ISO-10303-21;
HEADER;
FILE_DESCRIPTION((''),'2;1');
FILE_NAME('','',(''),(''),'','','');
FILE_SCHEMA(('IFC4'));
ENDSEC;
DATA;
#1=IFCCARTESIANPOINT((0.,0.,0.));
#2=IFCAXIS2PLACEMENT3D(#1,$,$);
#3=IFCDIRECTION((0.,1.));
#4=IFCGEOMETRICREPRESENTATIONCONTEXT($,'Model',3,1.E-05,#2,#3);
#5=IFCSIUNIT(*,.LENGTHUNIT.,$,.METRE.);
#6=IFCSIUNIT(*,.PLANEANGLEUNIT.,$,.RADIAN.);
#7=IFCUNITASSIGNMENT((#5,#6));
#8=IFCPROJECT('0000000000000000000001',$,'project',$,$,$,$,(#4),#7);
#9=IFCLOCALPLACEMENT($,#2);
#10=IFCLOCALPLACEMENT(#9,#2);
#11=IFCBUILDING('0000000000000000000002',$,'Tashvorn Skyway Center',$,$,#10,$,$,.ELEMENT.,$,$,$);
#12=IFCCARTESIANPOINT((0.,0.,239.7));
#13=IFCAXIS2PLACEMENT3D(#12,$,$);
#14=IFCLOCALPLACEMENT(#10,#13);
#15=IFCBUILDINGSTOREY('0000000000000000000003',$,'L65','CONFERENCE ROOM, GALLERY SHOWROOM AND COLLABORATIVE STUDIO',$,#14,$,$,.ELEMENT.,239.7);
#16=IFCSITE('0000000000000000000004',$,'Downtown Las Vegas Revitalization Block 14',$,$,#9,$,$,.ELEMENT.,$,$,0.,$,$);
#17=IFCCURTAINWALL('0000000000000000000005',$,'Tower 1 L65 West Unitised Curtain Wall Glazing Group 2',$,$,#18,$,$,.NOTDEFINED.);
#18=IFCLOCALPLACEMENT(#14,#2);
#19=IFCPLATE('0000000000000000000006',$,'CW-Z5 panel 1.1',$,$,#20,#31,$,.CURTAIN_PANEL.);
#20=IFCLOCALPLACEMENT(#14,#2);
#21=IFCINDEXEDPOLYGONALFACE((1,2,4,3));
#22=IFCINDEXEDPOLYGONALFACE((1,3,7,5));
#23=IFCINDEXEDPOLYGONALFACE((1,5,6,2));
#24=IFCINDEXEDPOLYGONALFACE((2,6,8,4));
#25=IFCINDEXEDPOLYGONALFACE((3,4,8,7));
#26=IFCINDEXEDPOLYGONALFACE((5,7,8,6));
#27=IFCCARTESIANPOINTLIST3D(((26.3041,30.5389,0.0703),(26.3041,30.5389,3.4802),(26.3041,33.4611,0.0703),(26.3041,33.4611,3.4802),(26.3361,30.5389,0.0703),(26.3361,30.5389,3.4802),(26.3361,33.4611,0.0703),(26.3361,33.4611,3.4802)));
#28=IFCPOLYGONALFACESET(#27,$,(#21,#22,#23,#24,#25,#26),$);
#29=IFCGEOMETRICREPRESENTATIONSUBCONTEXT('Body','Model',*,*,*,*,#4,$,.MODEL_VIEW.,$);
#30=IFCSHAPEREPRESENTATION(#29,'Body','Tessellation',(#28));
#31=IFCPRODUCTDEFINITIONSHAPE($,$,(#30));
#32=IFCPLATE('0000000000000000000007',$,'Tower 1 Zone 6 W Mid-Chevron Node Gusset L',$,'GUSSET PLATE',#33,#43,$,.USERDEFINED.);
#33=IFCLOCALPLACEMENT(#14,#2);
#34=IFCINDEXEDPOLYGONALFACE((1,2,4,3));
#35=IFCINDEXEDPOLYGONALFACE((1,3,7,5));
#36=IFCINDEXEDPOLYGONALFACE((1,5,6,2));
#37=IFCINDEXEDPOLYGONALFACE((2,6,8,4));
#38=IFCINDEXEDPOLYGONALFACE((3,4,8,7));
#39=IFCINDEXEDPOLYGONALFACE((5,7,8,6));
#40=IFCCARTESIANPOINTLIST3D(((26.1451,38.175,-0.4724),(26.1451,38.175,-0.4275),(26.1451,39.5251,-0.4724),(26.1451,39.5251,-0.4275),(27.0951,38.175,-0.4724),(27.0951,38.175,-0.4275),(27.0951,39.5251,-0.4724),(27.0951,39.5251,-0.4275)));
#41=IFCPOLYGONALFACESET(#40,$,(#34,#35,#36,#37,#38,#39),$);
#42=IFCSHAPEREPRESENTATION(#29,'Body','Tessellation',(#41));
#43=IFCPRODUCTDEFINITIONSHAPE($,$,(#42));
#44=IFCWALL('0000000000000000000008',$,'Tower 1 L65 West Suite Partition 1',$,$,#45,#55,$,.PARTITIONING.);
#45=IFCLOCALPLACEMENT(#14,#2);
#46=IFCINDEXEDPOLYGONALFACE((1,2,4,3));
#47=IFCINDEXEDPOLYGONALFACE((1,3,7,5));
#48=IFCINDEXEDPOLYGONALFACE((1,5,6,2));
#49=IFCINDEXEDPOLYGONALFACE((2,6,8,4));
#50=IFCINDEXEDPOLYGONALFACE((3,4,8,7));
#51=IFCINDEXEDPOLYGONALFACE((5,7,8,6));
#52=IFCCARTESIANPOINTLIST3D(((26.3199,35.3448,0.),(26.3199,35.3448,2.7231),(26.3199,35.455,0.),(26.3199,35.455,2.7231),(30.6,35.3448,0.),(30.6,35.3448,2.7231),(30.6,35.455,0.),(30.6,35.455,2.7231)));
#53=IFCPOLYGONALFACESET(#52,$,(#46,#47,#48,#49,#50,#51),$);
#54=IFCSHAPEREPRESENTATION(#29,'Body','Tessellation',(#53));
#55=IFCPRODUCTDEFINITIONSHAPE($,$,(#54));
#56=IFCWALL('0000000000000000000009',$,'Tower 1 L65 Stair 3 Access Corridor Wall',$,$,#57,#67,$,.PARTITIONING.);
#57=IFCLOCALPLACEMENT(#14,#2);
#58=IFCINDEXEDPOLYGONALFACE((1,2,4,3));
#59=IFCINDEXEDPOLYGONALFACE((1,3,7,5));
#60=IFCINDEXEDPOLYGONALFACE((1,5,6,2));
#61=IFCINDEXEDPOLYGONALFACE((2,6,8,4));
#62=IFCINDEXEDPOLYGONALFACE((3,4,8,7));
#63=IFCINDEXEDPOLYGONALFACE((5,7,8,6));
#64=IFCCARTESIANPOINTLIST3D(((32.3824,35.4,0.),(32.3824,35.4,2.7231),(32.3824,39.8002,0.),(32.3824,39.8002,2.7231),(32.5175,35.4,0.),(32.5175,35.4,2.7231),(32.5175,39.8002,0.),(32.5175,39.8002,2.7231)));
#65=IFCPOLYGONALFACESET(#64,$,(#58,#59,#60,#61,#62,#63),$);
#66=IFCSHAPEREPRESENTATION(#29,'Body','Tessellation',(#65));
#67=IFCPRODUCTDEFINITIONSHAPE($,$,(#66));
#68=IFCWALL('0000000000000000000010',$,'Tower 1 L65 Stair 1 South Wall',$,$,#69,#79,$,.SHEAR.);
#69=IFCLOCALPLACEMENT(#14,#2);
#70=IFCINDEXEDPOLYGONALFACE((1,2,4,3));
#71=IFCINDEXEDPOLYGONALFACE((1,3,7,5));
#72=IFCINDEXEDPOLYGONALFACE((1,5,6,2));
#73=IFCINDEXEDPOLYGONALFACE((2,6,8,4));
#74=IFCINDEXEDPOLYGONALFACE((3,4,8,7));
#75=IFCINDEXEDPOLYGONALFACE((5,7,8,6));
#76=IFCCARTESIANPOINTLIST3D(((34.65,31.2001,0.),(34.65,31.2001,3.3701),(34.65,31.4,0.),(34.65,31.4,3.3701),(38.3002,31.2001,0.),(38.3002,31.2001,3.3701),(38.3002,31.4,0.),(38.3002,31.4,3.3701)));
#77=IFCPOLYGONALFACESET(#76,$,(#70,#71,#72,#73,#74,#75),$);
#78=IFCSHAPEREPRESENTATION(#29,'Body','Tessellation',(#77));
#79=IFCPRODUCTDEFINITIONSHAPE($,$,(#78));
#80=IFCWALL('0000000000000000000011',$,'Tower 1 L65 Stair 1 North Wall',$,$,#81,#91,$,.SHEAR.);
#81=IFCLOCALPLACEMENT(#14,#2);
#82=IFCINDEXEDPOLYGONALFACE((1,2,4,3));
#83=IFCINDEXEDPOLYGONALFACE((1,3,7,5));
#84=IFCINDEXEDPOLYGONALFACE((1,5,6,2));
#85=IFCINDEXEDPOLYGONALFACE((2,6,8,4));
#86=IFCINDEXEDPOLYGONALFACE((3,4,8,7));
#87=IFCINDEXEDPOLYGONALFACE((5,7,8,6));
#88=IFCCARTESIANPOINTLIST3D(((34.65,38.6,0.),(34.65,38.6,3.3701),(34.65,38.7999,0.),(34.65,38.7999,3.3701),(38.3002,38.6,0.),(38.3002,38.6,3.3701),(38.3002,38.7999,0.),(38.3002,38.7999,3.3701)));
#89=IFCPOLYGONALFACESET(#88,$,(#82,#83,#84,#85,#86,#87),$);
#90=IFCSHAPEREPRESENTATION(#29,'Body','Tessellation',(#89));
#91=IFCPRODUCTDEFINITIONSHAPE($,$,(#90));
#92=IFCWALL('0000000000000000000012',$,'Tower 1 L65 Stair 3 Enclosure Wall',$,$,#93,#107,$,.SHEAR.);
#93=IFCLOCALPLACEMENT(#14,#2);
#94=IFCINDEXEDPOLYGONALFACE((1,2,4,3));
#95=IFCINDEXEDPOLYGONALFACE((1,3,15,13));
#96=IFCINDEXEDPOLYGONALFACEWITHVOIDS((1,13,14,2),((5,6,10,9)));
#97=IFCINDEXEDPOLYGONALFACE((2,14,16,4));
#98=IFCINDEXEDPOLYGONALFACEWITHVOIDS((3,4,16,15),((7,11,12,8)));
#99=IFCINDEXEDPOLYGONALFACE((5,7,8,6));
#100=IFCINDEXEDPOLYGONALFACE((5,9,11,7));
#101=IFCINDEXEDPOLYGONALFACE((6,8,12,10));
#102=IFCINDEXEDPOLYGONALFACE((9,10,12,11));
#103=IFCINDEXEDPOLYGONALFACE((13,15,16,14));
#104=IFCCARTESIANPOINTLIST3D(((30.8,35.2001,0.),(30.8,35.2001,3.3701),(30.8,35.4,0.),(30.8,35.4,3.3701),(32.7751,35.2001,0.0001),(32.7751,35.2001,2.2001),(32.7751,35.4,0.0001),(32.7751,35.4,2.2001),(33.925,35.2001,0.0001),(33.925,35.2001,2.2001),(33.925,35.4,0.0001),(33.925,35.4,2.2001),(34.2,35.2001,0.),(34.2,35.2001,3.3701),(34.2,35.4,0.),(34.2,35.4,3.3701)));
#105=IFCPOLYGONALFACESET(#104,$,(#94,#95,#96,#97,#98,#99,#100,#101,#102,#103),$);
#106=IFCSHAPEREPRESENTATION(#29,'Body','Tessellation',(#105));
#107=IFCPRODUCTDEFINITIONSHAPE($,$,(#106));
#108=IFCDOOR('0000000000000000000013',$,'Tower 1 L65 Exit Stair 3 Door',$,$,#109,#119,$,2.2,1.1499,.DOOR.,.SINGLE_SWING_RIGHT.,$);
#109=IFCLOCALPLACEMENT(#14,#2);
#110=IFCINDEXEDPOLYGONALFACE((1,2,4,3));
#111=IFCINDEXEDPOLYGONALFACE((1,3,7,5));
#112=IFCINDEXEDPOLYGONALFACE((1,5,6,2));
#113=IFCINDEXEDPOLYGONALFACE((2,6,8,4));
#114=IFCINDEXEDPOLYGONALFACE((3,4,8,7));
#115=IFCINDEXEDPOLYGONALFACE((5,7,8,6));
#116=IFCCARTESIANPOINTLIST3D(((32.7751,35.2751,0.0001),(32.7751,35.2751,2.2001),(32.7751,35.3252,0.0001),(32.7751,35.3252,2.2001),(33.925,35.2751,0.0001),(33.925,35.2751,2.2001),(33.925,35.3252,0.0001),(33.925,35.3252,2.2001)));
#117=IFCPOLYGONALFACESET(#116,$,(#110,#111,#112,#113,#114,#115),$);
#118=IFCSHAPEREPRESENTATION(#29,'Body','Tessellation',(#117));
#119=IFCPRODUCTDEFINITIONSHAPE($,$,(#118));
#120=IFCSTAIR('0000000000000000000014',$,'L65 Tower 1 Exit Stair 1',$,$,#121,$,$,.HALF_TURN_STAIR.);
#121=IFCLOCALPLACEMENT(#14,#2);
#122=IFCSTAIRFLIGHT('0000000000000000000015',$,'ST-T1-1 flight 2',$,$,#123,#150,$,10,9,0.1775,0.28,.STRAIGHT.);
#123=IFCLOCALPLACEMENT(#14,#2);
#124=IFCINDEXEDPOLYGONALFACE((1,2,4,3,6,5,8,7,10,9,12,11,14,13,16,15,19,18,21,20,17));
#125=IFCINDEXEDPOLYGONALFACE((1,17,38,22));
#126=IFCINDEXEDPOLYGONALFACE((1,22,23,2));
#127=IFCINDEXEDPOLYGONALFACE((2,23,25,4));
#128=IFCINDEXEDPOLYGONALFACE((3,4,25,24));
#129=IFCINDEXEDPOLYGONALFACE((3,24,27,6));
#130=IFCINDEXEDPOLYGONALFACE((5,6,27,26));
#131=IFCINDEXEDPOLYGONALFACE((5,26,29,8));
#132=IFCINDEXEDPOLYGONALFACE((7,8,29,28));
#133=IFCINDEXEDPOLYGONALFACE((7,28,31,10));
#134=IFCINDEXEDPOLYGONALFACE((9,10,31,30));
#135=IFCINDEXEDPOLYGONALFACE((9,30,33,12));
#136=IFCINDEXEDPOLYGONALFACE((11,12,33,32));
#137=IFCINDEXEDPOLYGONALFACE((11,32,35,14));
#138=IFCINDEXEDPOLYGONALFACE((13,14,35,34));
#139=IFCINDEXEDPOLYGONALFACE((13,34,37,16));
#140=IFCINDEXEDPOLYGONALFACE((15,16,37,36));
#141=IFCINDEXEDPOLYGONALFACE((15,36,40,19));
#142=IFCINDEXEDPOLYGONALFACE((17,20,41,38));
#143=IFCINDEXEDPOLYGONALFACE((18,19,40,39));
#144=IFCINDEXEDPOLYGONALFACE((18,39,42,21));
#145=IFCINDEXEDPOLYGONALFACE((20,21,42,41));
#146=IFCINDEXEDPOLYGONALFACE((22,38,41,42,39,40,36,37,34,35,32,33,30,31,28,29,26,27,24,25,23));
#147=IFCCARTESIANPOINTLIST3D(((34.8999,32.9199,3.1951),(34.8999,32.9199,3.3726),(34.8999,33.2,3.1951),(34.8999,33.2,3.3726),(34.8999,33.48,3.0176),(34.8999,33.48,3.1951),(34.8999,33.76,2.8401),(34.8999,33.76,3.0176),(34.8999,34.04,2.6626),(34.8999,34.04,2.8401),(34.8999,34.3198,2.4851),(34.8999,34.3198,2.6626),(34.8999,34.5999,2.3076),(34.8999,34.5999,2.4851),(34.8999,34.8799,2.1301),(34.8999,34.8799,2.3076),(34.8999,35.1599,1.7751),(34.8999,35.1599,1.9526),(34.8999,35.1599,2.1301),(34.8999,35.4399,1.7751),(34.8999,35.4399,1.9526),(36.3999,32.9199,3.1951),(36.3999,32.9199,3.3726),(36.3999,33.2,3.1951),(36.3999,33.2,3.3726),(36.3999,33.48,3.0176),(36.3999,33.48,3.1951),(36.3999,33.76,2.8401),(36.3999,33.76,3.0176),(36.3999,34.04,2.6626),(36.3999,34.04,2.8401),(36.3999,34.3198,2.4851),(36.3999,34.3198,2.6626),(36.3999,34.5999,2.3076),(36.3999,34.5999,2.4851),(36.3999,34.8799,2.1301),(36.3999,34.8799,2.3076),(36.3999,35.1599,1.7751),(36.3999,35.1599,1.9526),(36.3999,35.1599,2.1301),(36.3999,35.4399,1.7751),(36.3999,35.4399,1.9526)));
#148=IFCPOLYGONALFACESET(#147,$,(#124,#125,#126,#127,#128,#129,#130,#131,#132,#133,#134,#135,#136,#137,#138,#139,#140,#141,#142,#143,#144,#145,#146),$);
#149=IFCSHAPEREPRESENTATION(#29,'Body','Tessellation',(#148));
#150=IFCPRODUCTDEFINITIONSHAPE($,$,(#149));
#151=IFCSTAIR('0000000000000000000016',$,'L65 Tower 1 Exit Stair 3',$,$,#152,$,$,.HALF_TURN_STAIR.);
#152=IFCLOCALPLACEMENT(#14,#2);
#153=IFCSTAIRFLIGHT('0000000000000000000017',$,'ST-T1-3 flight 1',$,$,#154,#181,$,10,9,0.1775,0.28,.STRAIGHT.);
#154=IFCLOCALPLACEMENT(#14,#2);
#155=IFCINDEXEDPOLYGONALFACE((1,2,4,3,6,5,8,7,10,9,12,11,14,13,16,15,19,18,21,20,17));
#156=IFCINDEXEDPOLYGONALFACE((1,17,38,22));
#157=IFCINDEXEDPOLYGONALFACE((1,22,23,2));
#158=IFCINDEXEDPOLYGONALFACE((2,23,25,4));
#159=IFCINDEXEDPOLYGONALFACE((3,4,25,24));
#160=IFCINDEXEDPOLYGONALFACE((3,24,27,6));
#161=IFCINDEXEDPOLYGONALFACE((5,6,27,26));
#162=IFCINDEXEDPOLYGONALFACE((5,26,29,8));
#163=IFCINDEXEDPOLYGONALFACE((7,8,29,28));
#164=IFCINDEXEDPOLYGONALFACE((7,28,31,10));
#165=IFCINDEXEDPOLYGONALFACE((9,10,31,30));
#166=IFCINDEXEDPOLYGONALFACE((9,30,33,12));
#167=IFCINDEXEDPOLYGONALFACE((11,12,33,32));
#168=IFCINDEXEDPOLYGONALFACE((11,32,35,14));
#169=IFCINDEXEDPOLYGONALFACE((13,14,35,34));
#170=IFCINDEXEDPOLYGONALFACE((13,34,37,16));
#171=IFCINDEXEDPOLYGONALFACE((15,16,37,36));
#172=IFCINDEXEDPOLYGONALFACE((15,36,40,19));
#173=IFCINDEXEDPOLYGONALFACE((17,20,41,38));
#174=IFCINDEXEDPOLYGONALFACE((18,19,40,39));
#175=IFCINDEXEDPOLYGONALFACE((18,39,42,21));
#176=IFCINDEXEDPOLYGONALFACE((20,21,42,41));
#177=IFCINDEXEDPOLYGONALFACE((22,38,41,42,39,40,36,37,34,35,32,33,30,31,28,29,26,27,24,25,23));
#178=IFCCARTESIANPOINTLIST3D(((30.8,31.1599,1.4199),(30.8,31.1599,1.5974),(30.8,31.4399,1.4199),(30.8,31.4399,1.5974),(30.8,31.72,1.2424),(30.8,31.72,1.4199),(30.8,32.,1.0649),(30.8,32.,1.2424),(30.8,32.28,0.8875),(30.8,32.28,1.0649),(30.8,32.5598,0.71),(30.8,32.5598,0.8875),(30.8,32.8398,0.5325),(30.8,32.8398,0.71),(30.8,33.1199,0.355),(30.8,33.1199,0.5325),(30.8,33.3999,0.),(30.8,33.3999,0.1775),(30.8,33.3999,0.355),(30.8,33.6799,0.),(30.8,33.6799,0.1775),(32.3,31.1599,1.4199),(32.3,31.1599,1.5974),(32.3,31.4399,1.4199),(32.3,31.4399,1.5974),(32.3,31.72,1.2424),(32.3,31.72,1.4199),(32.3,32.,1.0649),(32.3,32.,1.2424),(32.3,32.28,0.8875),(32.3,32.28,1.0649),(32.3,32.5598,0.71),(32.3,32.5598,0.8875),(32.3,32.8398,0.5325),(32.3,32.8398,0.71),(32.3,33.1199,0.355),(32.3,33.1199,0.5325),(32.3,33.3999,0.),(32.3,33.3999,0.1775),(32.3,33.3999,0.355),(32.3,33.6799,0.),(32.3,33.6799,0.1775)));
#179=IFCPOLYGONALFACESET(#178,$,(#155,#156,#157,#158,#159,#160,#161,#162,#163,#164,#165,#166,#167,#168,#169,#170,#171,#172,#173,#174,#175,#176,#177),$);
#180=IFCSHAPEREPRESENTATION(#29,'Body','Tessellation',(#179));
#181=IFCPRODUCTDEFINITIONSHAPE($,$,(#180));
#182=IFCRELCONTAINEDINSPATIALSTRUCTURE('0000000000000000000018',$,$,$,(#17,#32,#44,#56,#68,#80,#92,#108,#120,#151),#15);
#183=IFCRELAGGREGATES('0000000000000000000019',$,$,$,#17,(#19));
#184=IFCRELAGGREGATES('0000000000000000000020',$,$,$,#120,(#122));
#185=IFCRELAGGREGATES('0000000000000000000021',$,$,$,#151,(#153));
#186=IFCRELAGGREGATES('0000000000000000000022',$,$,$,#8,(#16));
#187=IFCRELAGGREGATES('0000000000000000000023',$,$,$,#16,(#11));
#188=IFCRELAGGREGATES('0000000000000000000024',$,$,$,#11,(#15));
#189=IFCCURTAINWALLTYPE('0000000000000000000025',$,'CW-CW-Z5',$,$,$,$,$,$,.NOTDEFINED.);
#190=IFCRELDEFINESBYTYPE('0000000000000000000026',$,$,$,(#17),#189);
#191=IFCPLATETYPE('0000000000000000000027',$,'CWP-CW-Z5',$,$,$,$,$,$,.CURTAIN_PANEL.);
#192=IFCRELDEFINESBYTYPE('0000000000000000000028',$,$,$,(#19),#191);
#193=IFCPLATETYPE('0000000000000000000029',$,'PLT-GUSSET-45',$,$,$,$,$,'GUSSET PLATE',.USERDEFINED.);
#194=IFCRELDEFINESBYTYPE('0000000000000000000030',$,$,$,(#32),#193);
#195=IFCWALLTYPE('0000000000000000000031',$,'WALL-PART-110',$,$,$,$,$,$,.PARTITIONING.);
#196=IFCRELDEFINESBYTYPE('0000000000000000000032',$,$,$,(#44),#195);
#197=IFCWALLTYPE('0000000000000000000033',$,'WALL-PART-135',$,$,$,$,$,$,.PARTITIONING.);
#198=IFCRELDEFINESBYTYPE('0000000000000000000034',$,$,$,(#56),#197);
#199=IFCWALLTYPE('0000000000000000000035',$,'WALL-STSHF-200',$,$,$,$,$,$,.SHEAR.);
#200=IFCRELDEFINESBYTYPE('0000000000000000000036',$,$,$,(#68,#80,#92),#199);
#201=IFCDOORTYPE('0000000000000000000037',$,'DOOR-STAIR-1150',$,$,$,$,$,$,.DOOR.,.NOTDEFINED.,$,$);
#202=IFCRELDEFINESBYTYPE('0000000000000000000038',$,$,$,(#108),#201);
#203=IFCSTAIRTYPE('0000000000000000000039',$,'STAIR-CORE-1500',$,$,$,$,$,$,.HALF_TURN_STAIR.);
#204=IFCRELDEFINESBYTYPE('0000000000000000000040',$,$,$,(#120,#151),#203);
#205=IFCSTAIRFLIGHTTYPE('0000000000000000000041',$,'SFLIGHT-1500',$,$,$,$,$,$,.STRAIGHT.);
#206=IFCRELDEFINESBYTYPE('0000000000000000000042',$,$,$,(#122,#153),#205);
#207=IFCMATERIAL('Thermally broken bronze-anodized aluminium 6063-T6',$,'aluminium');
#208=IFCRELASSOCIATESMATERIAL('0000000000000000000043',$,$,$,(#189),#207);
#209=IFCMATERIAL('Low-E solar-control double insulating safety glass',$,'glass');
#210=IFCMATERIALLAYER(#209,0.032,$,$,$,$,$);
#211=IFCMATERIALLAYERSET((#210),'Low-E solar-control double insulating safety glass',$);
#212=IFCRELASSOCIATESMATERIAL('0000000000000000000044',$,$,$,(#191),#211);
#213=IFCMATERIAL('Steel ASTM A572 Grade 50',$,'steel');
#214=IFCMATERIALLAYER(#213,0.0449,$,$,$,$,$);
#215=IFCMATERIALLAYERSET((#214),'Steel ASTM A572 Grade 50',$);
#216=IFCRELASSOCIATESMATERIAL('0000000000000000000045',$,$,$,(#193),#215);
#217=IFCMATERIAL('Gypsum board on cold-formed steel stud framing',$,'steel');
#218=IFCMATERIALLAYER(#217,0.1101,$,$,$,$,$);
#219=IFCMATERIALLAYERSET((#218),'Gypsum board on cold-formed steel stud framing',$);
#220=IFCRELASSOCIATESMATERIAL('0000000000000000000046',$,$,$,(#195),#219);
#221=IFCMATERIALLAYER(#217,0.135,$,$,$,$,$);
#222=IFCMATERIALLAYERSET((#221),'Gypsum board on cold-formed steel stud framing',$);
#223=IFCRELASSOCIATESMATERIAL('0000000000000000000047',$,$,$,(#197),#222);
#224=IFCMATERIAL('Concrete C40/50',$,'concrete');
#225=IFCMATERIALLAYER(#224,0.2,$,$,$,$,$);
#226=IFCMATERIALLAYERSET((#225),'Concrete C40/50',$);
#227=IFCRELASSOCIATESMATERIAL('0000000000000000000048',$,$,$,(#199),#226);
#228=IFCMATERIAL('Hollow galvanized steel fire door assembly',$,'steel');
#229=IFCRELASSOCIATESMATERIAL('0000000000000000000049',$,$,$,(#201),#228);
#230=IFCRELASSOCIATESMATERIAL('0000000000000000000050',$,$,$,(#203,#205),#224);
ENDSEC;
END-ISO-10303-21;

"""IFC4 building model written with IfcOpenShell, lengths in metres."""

from ifc_helpers import new_model, si_unit, direction, frame, frame_2d, origin, origin_2d, place, context, subcontext, project, spatial, polyline, rectangle, outline, extrude, material, layer, layer_set, type_object, element, fill, aggregate, save


model = new_model("IFC4")

# Units and contexts
model_context = context("Model", 3, precision=1e-05, world=origin(), true_north=direction((0.0, 1.0)))
body_context = subcontext(model_context, "Body", "Model", "MODEL_VIEW")
ifc_project = project(units=[si_unit("LENGTHUNIT", "METRE"), si_unit("PLANEANGLEUNIT", "RADIAN")], contexts=[model_context])

# Site, building, storey
site_placement = place(None, origin())
site = spatial("IfcSite", under=ifc_project, at=site_placement, Name="Downtown Las Vegas Revitalization Block 14", CompositionType="ELEMENT", RefElevation=0.0)
building_placement = place(site_placement, origin())
building = spatial("IfcBuilding", under=site, at=building_placement, Name="Tashvorn Skyway Center", CompositionType="ELEMENT")
storey_placement = place(building_placement, frame((0.0, 0.0, 239.7)))
storey = spatial("IfcBuildingStorey", under=building, at=storey_placement, Name="L65", Description="CONFERENCE ROOM, GALLERY SHOWROOM AND COLLABORATIVE STUDIO", CompositionType="ELEMENT", Elevation=239.7)

# Shared definitions
ifc_material_1 = material(Name="Steel ASTM A572 Grade 50", Category="steel")

# Curtain wall
ifc_material_2 = material(Name="Thermally broken bronze-anodized aluminium 6063-T6", Category="aluminium")
curtain_wall_type = type_object("IfcCurtainWallType", Name="CW-CW-Z5", PredefinedType="NOTDEFINED", material=ifc_material_2)
curtain_wall_placement = place(storey_placement, origin())
curtain_wall = element("IfcCurtainWall", 1, at=curtain_wall_placement, inside=storey, type_object=curtain_wall_type, Name="Tower 1 L65 West Unitised Curtain Wall Glazing Group 2", PredefinedType="NOTDEFINED")

# Plates
ifc_material_3 = material(Name="Low-E solar-control double insulating safety glass", Category="glass")
ifc_layer_1 = layer(ifc_material_3, 0.032)
ifc_layer_set_1 = layer_set([ifc_layer_1], Name="Low-E solar-control double insulating safety glass")
plate_type_1 = type_object("IfcPlateType", Name="CWP-CW-Z5", PredefinedType="CURTAIN_PANEL", material=ifc_layer_set_1)
plate_1_placement = place(storey_placement, frame((26.3201, 32.0, 0.0703), z_axis=(0.0, 0.0, 1.0), x_axis=(0.0, 1.0, 0.0)))
plate_1 = element("IfcPlate", 2, at=plate_1_placement, type_object=plate_type_1, Name="CW-Z5 panel 1.1", PredefinedType="CURTAIN_PANEL", context=body_context, shape_type="SweptSolid", body=[
    extrude(rectangle(XDim=2.9221, YDim=0.032, at=origin_2d()), origin(), (0.0, 0.0, 1.0), 3.4099),
])
aggregate(curtain_wall, [plate_1])
ifc_layer_2 = layer(ifc_material_1, 0.0449)
ifc_layer_set_2 = layer_set([ifc_layer_2], Name="Steel ASTM A572 Grade 50")
plate_type_2 = type_object("IfcPlateType", Name="PLT-GUSSET-45", ElementType="GUSSET PLATE", PredefinedType="USERDEFINED", material=ifc_layer_set_2)
plate_2_placement = place(storey_placement, frame((26.6201, 38.8501, -0.4724), z_axis=(0.0, 0.0, 1.0), x_axis=(0.0, -1.0, 0.0)))
element("IfcPlate", 3, at=plate_2_placement, inside=storey, type_object=plate_type_2, Name="Tower 1 Zone 6 W Mid-Chevron Node Gusset L", ObjectType="GUSSET PLATE", PredefinedType="USERDEFINED", context=body_context, shape_type="SweptSolid", body=[
    extrude(rectangle(XDim=1.3501, YDim=0.95, at=origin_2d()), origin(), (0.0, 0.0, 1.0), 0.0449),
])

# Walls
ifc_material_4 = material(Name="Gypsum board on cold-formed steel stud framing", Category="steel")
ifc_layer_3 = layer(ifc_material_4, 0.1101)
ifc_layer_set_3 = layer_set([ifc_layer_3], Name="Gypsum board on cold-formed steel stud framing")
wall_type_1 = type_object("IfcWallType", Name="WALL-PART-110", PredefinedType="PARTITIONING", material=ifc_layer_set_3)
wall_1_placement = place(storey_placement, frame((30.6001, 35.3999, 0.0), z_axis=(0.0, 0.0, 1.0), x_axis=(-1.0, 0.0, 0.0)))
element("IfcWall", 4, at=wall_1_placement, inside=storey, type_object=wall_type_1, Name="Tower 1 L65 West Suite Partition 1", PredefinedType="PARTITIONING", context=body_context, shape_type="SweptSolid", body=[
    extrude(rectangle(XDim=4.28, YDim=0.1101, at=frame_2d((2.1401, 0.0))), origin(), (0.0, 0.0, 1.0), 2.7231),
])
ifc_layer_4 = layer(ifc_material_4, 0.135)
ifc_layer_set_4 = layer_set([ifc_layer_4], Name="Gypsum board on cold-formed steel stud framing")
wall_type_2 = type_object("IfcWallType", Name="WALL-PART-135", PredefinedType="PARTITIONING", material=ifc_layer_set_4)
wall_2_placement = place(storey_placement, frame((32.45, 35.3999, 0.0), z_axis=(0.0, 0.0, 1.0), x_axis=(0.0, 1.0, 0.0)))
element("IfcWall", 5, at=wall_2_placement, inside=storey, type_object=wall_type_2, Name="Tower 1 L65 Stair 3 Access Corridor Wall", PredefinedType="PARTITIONING", context=body_context, shape_type="SweptSolid", body=[
    extrude(rectangle(XDim=4.4001, YDim=0.135, at=frame_2d((2.2002, 0.0))), origin(), (0.0, 0.0, 1.0), 2.7231),
])
ifc_material_5 = material(Name="Concrete C40/50", Category="concrete")
ifc_layer_5 = layer(ifc_material_5, 0.2)
ifc_layer_set_5 = layer_set([ifc_layer_5], Name="Concrete C40/50")
wall_type_3 = type_object("IfcWallType", Name="WALL-STSHF-200", PredefinedType="SHEAR", material=ifc_layer_set_5)
for number, where, z_axis, x_axis, name in (
    (6, (34.6499, 31.3, 0.0), (0.0, 0.0, 1.0), (1.0, 0.0, 0.0), "Tower 1 L65 Stair 1 South Wall"),
    (7, (34.6499, 38.7, 0.0), (0.0, 0.0, 1.0), (1.0, 0.0, 0.0), "Tower 1 L65 Stair 1 North Wall"),
):
    element("IfcWall", number, at=place(storey_placement, frame(where, z_axis=z_axis, x_axis=x_axis)), inside=storey, type_object=wall_type_3, Name=name, PredefinedType="SHEAR", context=body_context, shape_type="SweptSolid", body=[
        extrude(rectangle(XDim=3.6501, YDim=0.2, at=frame_2d((1.8252, 0.0))), origin(), (0.0, 0.0, 1.0), 3.3701),
    ])

# Wall, opening, door
wall_3_placement = place(storey_placement, frame((34.2, 35.3, 0.0), z_axis=(0.0, 0.0, 1.0), x_axis=(-1.0, 0.0, 0.0)))
wall_3 = element("IfcWall", 8, at=wall_3_placement, inside=storey, type_object=wall_type_3, Name="Tower 1 L65 Stair 3 Enclosure Wall", PredefinedType="SHEAR", context=body_context, shape_type="SweptSolid", body=[
    extrude(rectangle(XDim=3.3999, YDim=0.2, at=frame_2d((1.7, 0.0))), origin(), (0.0, 0.0, 1.0), 3.3701),
])
opening_placement = place(wall_3_placement, frame((0.2749, 0.0, 0.0)))
opening = element("IfcOpeningElement", 9, at=opening_placement, cuts=wall_3, PredefinedType="OPENING", context=body_context, shape_type="SweptSolid", body=[
    extrude(rectangle(XDim=1.1499, YDim=2.2, at=frame_2d((0.575, 1.1001))), frame((0.0, 0.1099, 0.0), z_axis=(0.0, -1.0, 0.0), x_axis=(1.0, 0.0, 0.0)), (0.0, 0.0, 1.0), 0.22),
])
ifc_material_6 = material(Name="Hollow galvanized steel fire door assembly", Category="steel")
door_type = type_object("IfcDoorType", Name="DOOR-STAIR-1150", OperationType="NOTDEFINED", PredefinedType="DOOR", material=ifc_material_6)
door_placement = place(opening_placement, origin())
door = element("IfcDoor", 10, at=door_placement, inside=storey, type_object=door_type, Name="Tower 1 L65 Exit Stair 3 Door", OperationType="SINGLE_SWING_RIGHT", OverallHeight=2.2, OverallWidth=1.1499, PredefinedType="DOOR", context=body_context, shape_type="SweptSolid", body=[
    extrude(rectangle(XDim=1.1499, YDim=2.2, at=frame_2d((0.575, 1.1001))), frame((0.0, 0.0249, 0.0), z_axis=(0.0, -1.0, 0.0), x_axis=(1.0, 0.0, 0.0)), (0.0, 0.0, 1.0), 0.05),
])
fill(opening, door)

# Stair, stair flight
stair_type = type_object("IfcStairType", Name="STAIR-CORE-1500", PredefinedType="HALF_TURN_STAIR", material=ifc_material_5)
stair_1_placement = place(storey_placement, origin())
stair_1 = element("IfcStair", 11, at=stair_1_placement, inside=storey, type_object=stair_type, Name="L65 Tower 1 Exit Stair 1", PredefinedType="HALF_TURN_STAIR")
stair_flight_type = type_object("IfcStairFlightType", Name="SFLIGHT-1500", PredefinedType="STRAIGHT", material=ifc_material_5)
stair_flight_1_placement = place(storey_placement, frame((35.6499, 35.4399, 1.7751), z_axis=(0.0, 0.0, 1.0), x_axis=(0.0, -1.0, 0.0)))
stair_flight_1 = element("IfcStairFlight", 12, at=stair_flight_1_placement, type_object=stair_flight_type, Name="ST-T1-1 flight 2", NumberOfRisers=10, NumberOfTreads=9, PredefinedType="STRAIGHT", RiserHeight=0.1775, TreadLength=0.28, context=body_context, shape_type="SweptSolid", body=[
    extrude(outline(polyline([(0.0, 0.0), (0.0, 0.1775), (0.28, 0.1775), (0.28, 0.355), (0.5601, 0.355), (0.5601, 0.5325), (0.8401, 0.5325), (0.8401, 0.71), (1.1201, 0.71), (1.1201, 0.8875), (1.3999, 0.8875), (1.3999, 1.0649), (1.6799, 1.0649), (1.6799, 1.2424), (1.96, 1.2424), (1.96, 1.4199), (2.24, 1.4199), (2.24, 1.5974), (2.52, 1.5974), (2.52, 1.7749), (2.52, 1.4199), (0.28, 0.0), (0.0, 0.0)])), frame((0.0, 0.75, 0.0), z_axis=(0.0, -1.0, 0.0), x_axis=(1.0, 0.0, 0.0)), (0.0, 0.0, 1.0), 1.5),
])
aggregate(stair_1, [stair_flight_1])

# Stair, stair flight
stair_2_placement = place(storey_placement, origin())
stair_2 = element("IfcStair", 13, at=stair_2_placement, inside=storey, type_object=stair_type, Name="L65 Tower 1 Exit Stair 3", PredefinedType="HALF_TURN_STAIR")
stair_flight_2_placement = place(storey_placement, frame((31.55, 33.6799, 0.0), z_axis=(0.0, 0.0, 1.0), x_axis=(0.0, -1.0, 0.0)))
stair_flight_2 = element("IfcStairFlight", 14, at=stair_flight_2_placement, type_object=stair_flight_type, Name="ST-T1-3 flight 1", NumberOfRisers=10, NumberOfTreads=9, PredefinedType="STRAIGHT", RiserHeight=0.1775, TreadLength=0.28, context=body_context, shape_type="SweptSolid", body=[
    extrude(outline(polyline([(0.0, 0.0), (0.0, 0.1775), (0.28, 0.1775), (0.28, 0.355), (0.5601, 0.355), (0.5601, 0.5325), (0.8401, 0.5325), (0.8401, 0.71), (1.1201, 0.71), (1.1201, 0.8875), (1.3999, 0.8875), (1.3999, 1.0649), (1.6799, 1.0649), (1.6799, 1.2424), (1.96, 1.2424), (1.96, 1.4199), (2.24, 1.4199), (2.24, 1.5974), (2.52, 1.5974), (2.52, 1.7749), (2.52, 1.4199), (0.28, 0.0), (0.0, 0.0)])), frame((0.0, 0.75, 0.0), z_axis=(0.0, -1.0, 0.0), x_axis=(1.0, 0.0, 0.0)), (0.0, 0.0, 1.0), 1.5),
])
aggregate(stair_2, [stair_flight_2])

save(model, "model.ifc")
